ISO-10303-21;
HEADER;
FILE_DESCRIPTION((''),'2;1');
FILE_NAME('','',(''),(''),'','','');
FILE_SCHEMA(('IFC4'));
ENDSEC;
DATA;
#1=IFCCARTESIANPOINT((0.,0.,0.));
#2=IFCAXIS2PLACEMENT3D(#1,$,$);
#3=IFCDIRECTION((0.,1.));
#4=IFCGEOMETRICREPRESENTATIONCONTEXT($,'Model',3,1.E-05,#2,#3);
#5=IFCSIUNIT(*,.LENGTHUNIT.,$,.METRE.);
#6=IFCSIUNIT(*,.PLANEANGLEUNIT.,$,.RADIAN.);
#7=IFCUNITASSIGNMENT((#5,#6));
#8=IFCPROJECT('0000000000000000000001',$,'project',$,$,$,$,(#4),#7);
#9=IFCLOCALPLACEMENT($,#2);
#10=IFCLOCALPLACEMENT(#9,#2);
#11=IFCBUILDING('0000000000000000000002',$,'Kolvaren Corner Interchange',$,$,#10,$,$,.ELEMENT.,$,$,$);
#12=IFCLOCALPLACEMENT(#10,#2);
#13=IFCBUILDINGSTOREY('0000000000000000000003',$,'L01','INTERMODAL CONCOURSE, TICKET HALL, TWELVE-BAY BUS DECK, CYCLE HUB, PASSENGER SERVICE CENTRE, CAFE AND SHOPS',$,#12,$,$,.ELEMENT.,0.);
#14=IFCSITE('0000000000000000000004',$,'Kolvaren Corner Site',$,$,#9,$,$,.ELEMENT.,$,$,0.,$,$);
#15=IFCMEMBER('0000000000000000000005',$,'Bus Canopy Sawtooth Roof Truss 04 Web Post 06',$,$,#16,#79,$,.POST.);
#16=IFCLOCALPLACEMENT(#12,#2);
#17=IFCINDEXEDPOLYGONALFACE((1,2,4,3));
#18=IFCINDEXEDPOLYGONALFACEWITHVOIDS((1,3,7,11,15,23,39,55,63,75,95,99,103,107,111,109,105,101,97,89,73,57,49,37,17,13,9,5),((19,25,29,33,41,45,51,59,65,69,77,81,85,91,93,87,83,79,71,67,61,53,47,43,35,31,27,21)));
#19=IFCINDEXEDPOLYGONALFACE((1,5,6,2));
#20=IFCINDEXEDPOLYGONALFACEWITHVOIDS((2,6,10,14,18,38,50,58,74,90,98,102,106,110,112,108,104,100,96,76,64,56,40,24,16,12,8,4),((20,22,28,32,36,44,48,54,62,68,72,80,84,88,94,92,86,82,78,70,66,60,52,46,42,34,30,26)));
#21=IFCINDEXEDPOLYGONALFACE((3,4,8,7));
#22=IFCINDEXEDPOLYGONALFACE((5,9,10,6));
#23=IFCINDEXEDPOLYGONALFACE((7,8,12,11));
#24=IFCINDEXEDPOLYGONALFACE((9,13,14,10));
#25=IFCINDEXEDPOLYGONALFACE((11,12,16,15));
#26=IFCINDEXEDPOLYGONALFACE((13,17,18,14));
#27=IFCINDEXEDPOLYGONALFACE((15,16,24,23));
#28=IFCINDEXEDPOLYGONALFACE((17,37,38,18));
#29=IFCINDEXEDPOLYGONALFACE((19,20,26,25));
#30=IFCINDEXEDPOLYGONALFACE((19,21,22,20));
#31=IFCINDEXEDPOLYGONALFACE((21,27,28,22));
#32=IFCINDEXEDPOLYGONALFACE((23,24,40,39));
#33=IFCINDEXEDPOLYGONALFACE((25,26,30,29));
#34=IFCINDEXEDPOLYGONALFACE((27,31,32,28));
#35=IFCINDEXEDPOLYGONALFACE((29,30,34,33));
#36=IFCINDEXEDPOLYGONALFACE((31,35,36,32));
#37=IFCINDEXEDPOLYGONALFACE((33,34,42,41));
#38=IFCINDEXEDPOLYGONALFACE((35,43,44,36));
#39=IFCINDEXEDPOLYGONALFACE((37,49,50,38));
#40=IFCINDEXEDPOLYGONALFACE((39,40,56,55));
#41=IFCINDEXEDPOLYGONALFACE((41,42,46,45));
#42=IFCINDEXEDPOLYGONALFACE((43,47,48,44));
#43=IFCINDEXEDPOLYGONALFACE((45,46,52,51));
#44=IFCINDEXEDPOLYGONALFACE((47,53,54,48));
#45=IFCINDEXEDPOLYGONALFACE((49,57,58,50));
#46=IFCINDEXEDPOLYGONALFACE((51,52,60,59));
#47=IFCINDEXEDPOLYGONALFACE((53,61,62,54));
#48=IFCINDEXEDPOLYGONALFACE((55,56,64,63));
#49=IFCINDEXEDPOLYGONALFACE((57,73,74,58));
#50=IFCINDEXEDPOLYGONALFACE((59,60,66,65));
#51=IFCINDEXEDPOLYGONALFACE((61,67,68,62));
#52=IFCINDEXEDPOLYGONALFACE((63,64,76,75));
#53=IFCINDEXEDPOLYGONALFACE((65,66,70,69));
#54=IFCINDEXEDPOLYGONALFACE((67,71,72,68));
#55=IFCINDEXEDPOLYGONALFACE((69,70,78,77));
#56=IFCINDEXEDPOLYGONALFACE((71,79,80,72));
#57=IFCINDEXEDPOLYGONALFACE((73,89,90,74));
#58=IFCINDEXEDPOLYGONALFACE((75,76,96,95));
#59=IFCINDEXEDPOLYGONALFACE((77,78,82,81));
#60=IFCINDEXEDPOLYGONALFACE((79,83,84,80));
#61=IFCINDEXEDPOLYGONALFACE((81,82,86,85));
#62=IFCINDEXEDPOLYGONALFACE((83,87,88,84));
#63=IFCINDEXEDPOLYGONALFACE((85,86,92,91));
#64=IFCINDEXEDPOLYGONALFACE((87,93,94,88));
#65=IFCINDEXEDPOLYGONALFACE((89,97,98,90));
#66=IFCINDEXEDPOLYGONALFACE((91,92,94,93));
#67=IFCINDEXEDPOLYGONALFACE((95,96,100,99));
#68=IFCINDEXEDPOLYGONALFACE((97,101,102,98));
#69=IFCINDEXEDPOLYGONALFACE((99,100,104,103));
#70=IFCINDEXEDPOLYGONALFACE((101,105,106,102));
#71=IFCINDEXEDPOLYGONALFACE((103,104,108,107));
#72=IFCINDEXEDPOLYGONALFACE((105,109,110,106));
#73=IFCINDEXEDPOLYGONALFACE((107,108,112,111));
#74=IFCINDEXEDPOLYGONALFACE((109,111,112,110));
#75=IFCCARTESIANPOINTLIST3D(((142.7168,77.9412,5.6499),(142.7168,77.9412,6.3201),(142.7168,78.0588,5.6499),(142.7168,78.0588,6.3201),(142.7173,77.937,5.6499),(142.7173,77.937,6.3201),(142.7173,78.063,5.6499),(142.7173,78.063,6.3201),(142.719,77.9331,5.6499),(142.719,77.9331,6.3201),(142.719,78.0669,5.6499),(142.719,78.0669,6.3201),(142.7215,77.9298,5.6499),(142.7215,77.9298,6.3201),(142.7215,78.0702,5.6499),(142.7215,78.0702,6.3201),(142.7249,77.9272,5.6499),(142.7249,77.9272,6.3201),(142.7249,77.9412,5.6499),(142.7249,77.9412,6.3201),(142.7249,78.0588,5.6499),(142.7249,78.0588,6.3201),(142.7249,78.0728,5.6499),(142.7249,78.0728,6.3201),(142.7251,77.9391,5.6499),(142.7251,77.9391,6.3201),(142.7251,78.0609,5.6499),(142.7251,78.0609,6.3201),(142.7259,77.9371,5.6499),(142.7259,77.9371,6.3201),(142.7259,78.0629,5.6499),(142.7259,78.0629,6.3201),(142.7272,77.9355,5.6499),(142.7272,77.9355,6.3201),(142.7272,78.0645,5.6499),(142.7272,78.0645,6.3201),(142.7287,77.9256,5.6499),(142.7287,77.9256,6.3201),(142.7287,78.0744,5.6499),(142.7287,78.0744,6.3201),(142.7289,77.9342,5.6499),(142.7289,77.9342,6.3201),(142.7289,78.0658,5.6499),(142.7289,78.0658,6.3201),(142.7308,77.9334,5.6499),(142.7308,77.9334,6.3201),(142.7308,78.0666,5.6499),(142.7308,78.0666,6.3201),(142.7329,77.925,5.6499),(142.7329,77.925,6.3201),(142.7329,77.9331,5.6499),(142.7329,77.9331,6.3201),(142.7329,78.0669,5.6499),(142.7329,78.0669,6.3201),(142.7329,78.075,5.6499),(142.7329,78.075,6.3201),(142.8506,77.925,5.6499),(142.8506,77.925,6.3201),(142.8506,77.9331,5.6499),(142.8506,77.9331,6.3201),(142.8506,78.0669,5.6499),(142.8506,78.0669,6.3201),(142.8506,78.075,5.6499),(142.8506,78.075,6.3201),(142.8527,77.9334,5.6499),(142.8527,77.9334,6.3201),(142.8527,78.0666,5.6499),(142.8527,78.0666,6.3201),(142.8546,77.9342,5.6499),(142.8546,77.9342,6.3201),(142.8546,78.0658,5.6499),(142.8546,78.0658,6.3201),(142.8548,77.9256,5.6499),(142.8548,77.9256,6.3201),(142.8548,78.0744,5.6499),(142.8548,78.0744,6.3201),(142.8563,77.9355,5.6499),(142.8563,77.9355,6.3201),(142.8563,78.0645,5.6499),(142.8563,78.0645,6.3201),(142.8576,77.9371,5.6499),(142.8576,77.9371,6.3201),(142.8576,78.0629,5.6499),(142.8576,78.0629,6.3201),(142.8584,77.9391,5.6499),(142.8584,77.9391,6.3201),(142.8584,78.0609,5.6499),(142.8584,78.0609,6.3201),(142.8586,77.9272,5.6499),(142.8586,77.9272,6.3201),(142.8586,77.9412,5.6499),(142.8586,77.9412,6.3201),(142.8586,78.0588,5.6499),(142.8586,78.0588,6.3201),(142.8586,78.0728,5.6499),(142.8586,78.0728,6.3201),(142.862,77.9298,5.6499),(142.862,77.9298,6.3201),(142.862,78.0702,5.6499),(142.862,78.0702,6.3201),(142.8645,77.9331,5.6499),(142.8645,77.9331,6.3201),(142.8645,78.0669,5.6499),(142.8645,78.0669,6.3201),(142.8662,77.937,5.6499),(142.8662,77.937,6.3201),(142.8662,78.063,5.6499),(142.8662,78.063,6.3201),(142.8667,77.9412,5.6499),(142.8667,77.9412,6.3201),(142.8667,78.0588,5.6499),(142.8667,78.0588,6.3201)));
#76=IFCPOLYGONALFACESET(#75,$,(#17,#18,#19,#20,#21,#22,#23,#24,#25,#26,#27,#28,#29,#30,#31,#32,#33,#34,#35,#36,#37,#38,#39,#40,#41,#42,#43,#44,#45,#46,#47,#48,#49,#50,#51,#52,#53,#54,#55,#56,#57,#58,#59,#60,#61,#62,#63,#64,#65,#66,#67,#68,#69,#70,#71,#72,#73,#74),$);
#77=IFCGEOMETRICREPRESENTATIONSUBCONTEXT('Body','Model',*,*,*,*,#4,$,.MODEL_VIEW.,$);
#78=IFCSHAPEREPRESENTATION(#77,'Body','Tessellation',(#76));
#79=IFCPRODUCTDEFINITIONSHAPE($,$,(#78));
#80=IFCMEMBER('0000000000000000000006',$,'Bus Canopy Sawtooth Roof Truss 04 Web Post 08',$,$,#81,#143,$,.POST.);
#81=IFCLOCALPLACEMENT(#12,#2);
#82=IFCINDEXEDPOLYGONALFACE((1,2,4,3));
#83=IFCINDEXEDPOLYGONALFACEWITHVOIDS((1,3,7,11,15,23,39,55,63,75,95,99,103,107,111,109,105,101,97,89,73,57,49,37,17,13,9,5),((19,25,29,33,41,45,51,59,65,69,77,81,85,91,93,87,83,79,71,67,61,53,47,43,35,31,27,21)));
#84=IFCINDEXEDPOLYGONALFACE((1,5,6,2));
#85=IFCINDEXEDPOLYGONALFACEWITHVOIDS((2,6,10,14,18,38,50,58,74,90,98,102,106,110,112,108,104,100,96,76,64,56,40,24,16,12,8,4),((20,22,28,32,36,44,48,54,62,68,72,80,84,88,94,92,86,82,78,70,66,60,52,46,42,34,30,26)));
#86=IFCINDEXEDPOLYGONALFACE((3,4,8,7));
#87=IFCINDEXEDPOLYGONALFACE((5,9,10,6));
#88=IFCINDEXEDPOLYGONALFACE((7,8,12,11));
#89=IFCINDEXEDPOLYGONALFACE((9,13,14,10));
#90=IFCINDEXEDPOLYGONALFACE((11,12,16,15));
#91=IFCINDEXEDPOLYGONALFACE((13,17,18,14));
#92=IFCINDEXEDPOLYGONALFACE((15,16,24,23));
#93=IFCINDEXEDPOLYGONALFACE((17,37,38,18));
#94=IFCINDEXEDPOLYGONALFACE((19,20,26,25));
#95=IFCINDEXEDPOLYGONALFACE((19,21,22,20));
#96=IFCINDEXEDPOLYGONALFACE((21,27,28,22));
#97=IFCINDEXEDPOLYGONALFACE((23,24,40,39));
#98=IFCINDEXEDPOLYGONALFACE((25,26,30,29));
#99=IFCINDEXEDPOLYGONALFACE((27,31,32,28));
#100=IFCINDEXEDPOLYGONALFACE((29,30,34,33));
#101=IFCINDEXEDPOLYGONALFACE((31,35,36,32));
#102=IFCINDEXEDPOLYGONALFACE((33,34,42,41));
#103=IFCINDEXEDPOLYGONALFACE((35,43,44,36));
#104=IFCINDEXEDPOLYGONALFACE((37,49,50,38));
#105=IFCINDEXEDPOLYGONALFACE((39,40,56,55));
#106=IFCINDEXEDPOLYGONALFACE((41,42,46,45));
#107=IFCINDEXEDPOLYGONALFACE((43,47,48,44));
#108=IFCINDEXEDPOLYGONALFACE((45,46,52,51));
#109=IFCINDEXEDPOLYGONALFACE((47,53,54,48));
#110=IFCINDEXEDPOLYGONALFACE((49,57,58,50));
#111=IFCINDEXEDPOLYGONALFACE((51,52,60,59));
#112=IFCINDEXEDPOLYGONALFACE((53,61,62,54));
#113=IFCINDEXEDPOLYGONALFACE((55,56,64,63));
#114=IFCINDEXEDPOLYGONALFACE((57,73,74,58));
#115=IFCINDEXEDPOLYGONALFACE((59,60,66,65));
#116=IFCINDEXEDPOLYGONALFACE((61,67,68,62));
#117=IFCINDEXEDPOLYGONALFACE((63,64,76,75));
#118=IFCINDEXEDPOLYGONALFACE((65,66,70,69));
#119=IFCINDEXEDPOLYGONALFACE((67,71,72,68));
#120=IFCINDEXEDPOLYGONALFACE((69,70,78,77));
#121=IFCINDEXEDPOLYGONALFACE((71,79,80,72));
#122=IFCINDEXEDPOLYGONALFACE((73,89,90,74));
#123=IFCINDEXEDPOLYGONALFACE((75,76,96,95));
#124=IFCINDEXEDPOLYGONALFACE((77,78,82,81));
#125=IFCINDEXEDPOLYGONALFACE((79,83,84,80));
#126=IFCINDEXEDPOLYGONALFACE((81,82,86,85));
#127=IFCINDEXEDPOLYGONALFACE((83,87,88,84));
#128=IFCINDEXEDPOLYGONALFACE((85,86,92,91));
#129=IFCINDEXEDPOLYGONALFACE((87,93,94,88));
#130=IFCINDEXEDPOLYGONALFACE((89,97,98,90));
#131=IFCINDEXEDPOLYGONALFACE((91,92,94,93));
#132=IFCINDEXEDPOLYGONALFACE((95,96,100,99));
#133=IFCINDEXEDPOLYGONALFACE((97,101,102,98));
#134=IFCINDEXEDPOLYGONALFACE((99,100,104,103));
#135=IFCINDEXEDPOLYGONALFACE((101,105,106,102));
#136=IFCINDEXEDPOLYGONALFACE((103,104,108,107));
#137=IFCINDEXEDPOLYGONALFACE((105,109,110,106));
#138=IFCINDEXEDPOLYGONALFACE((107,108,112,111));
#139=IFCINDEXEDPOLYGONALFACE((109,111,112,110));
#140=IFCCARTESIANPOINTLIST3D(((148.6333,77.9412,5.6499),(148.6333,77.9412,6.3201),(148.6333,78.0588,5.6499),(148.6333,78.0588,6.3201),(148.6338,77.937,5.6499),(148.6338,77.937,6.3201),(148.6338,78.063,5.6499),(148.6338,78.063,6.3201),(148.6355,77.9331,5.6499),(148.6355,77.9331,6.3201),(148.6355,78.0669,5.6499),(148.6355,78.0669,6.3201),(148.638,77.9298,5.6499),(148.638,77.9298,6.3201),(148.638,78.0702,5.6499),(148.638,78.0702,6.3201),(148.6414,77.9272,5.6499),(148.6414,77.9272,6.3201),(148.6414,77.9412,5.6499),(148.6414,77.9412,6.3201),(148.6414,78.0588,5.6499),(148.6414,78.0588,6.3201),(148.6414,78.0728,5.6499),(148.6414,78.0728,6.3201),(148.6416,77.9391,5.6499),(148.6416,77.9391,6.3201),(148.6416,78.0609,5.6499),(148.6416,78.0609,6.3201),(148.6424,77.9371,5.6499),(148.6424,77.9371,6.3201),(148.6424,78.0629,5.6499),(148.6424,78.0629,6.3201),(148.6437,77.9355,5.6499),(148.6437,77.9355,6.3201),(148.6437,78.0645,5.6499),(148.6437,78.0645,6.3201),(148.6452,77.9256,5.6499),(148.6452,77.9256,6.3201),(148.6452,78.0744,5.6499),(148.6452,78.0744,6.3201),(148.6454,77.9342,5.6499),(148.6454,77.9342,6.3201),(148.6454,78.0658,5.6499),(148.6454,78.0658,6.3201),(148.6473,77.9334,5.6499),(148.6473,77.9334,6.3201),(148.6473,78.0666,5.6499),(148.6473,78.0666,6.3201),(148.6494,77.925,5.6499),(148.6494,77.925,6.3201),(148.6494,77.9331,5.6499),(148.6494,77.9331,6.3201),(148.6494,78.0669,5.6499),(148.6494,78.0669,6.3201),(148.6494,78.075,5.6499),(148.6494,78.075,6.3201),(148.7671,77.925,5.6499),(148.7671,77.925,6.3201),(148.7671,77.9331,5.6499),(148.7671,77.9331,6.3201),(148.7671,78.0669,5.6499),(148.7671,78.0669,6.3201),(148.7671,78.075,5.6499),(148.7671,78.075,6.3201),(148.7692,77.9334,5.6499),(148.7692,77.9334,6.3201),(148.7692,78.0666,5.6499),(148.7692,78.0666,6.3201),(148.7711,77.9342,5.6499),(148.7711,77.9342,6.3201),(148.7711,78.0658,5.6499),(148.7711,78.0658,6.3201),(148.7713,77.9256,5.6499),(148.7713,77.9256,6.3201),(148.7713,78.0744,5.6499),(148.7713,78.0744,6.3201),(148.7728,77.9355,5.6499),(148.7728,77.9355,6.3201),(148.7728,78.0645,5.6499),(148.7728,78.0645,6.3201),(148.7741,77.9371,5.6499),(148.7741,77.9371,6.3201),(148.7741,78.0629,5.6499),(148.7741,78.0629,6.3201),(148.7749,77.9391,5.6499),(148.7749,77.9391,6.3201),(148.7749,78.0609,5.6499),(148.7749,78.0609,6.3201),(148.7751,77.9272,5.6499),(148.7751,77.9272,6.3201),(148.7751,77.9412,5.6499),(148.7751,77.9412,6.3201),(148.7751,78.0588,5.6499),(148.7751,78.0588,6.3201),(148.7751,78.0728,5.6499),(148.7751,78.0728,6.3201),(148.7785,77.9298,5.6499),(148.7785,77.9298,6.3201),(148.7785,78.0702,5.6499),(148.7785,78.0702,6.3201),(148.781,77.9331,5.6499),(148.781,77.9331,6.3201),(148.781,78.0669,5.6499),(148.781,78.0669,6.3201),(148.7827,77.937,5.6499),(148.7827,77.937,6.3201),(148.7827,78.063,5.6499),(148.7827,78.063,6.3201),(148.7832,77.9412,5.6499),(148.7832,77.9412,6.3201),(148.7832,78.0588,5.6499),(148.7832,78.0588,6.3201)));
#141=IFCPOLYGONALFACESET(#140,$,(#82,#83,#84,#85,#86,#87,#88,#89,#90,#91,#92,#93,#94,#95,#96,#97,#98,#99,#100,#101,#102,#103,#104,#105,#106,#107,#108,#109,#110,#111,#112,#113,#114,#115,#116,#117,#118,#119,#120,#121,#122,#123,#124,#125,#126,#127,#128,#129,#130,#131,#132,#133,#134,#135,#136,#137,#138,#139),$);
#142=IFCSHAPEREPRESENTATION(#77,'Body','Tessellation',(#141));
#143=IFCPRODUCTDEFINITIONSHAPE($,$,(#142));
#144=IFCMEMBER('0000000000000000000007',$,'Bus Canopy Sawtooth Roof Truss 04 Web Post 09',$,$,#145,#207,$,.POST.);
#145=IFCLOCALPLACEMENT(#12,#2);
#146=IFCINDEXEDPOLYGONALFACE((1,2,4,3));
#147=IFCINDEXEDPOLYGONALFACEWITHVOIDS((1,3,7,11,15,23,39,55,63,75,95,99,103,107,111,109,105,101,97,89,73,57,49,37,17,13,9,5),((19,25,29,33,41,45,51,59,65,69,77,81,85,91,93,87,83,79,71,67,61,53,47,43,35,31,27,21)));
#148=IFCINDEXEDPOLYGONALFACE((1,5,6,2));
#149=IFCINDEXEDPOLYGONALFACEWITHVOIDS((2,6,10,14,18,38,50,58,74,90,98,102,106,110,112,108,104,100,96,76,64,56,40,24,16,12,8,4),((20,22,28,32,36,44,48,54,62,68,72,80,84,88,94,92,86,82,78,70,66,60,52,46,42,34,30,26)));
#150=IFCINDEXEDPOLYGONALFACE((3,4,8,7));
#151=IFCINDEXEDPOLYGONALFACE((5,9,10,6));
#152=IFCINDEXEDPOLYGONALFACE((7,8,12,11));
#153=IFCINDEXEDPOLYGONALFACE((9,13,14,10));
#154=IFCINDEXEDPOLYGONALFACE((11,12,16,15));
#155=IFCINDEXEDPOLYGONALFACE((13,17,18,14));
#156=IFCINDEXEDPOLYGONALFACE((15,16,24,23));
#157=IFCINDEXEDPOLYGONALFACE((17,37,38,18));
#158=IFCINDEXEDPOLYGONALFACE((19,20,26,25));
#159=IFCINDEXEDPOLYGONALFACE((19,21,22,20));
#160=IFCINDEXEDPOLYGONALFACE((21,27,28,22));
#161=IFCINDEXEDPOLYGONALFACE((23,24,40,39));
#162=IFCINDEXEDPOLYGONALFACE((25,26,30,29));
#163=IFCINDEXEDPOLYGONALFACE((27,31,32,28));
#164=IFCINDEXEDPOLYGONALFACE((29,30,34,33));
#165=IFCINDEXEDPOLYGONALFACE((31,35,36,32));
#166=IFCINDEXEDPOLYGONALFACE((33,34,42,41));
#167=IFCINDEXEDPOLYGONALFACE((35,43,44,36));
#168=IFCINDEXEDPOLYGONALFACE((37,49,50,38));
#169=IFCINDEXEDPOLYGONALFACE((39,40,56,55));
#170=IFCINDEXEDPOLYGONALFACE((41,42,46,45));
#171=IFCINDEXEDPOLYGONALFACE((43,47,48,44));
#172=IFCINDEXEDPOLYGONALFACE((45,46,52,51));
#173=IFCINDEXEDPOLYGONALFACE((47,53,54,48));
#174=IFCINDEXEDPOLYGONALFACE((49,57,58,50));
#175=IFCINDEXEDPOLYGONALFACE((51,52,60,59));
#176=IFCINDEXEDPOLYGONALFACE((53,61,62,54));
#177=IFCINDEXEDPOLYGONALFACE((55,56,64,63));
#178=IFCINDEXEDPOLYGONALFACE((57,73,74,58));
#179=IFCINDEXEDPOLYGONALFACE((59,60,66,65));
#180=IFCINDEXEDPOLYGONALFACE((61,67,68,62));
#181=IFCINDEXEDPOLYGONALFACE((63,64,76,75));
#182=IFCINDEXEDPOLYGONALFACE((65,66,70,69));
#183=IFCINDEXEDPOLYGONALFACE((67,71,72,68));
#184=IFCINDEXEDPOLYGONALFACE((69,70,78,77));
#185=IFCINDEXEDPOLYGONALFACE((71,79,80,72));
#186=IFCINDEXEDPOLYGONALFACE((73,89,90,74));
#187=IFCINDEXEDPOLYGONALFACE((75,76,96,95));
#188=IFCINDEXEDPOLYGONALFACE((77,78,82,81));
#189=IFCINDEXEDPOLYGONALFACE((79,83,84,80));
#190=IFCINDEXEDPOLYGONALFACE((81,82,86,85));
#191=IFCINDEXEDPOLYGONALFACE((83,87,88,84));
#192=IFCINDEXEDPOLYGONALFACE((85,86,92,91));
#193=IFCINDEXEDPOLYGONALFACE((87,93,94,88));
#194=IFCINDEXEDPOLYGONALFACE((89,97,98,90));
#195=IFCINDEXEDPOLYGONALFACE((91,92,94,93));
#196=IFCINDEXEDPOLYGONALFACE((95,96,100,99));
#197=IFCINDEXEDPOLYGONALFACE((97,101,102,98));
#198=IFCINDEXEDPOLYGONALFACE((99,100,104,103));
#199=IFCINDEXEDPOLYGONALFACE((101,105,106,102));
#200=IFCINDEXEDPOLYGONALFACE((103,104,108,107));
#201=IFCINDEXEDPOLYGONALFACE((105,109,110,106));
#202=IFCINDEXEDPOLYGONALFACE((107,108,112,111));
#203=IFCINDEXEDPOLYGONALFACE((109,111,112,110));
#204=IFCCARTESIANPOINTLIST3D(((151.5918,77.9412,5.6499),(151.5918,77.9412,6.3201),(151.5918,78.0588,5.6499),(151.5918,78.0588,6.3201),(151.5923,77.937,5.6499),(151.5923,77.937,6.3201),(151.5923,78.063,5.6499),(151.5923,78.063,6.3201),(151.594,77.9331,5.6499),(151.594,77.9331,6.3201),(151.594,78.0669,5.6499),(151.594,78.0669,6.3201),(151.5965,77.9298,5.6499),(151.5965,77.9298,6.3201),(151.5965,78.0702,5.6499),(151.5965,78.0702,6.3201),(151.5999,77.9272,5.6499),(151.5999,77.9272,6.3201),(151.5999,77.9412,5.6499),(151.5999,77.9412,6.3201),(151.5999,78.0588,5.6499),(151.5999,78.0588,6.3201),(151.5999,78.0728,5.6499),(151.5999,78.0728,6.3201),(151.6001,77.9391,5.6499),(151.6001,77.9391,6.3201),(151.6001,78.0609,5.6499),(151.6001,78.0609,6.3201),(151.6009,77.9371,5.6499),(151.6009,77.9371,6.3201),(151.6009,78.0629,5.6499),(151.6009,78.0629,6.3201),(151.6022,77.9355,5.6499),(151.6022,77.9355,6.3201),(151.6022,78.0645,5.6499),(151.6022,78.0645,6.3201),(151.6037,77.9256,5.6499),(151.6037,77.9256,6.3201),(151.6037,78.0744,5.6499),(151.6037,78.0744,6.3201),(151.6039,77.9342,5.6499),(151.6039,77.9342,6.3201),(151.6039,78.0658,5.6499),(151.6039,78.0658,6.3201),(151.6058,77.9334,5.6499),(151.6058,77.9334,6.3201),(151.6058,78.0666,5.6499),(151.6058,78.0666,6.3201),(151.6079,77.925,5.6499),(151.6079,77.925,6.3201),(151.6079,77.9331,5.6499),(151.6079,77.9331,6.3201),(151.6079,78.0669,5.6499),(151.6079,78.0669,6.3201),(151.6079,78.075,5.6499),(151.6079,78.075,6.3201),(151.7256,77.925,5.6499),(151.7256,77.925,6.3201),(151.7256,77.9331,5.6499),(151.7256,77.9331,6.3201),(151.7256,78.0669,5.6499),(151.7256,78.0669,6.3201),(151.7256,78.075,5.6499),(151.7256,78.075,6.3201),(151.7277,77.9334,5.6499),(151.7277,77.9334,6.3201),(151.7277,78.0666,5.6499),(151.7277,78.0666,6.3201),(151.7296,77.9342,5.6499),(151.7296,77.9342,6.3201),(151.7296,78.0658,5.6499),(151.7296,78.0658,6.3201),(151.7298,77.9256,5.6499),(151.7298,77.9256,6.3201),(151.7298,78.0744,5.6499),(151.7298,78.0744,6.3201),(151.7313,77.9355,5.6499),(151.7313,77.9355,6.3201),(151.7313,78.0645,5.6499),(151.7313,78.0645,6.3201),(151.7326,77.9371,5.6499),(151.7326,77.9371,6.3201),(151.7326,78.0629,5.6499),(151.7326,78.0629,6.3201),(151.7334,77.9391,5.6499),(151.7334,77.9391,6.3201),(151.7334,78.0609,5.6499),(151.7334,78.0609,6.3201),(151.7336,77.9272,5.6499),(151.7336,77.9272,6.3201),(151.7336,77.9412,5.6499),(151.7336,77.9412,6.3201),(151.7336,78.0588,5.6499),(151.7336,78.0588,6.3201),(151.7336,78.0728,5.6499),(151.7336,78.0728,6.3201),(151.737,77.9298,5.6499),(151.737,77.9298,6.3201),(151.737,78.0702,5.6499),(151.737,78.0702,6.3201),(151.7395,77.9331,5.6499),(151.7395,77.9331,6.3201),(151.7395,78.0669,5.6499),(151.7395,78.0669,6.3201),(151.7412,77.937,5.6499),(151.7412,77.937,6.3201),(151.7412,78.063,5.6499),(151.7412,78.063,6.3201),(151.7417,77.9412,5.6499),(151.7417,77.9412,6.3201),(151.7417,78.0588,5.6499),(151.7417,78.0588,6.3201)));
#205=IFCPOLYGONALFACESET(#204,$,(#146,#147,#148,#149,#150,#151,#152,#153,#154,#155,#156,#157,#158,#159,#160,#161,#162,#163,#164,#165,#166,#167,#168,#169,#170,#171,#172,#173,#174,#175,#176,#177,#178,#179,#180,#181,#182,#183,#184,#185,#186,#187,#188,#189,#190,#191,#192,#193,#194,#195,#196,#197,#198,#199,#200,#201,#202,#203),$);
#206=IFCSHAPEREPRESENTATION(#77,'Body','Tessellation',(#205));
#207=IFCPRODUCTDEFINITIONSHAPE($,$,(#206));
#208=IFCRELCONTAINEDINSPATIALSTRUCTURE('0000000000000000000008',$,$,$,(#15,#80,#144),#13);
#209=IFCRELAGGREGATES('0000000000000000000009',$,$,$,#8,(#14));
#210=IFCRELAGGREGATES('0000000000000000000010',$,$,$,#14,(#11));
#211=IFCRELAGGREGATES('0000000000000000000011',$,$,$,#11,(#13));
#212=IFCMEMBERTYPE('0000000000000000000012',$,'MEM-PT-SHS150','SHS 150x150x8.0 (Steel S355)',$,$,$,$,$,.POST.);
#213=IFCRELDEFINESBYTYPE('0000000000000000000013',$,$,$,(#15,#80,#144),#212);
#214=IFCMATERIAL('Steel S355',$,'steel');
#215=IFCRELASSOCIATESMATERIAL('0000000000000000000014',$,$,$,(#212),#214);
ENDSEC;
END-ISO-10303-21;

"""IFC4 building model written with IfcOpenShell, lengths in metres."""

from ifc_helpers import new_model, si_unit, direction, frame, origin, origin_2d, place, context, subcontext, project, spatial, hollow_rectangle, extrude, material, material_profile, profile_set, type_object, element, save


model = new_model("IFC4")

# Units and contexts
model_context = context("Model", 3, precision=1e-05, world=origin(), true_north=direction((0.0, 1.0)))
body_context = subcontext(model_context, "Body", "Model", "MODEL_VIEW")
ifc_project = project(units=[si_unit("LENGTHUNIT", "METRE"), si_unit("PLANEANGLEUNIT", "RADIAN")], contexts=[model_context])

# Site, building, storey
site_placement = place(None, origin())
site = spatial("IfcSite", under=ifc_project, at=site_placement, Name="Kolvaren Corner Site", CompositionType="ELEMENT", RefElevation=0.0)
building_placement = place(site_placement, origin())
building = spatial("IfcBuilding", under=site, at=building_placement, Name="Kolvaren Corner Interchange", CompositionType="ELEMENT")
storey_placement = place(building_placement, origin())
storey = spatial("IfcBuildingStorey", under=building, at=storey_placement, Name="L01", Description="INTERMODAL CONCOURSE, TICKET HALL, TWELVE-BAY BUS DECK, CYCLE HUB, PASSENGER SERVICE CENTRE, CAFE AND SHOPS", CompositionType="ELEMENT", Elevation=0.0)

# Members
ifc_material_1 = material(Name="Steel S355", Category="steel")
ifc_material_profile_1 = material_profile(ifc_material_1, hollow_rectangle(XDim=0.1499, YDim=0.1499, WallThickness=0.0081, InnerFilletRadius=0.0081, OuterFilletRadius=0.0161, at=origin_2d()), Name="SHS 150x150x8.0")
ifc_profile_set_1 = profile_set([ifc_material_profile_1], Name="Steel S355")
member_type_1 = type_object("IfcMemberType", Name="MEM-PT-SHS150", Description="SHS 150x150x8.0 (Steel S355)", PredefinedType="POST", material=ifc_profile_set_1)
for number, where, z_axis, x_axis, name in (
    (1, (142.7917, 78.0, 5.6499), (0.0, 0.0, 1.0), (1.0, 0.0, 0.0), "Bus Canopy Sawtooth Roof Truss 04 Web Post 06"),
    (2, (148.7083, 78.0, 5.6499), (0.0, 0.0, 1.0), (1.0, 0.0, 0.0), "Bus Canopy Sawtooth Roof Truss 04 Web Post 08"),
    (3, (151.6667, 78.0, 5.6499), (0.0, 0.0, 1.0), (1.0, 0.0, 0.0), "Bus Canopy Sawtooth Roof Truss 04 Web Post 09"),
):
    element("IfcMember", number, at=place(storey_placement, frame(where, z_axis=z_axis, x_axis=x_axis)), inside=storey, type_object=member_type_1, Name=name, PredefinedType="POST", context=body_context, shape_type="SweptSolid", body=[
        extrude(hollow_rectangle(XDim=0.1499, YDim=0.1499, WallThickness=0.0081, InnerFilletRadius=0.0081, OuterFilletRadius=0.0161, at=origin_2d()), origin(), (0.0, 0.0, 1.0), 0.6702),
    ])

save(model, "model.ifc")
